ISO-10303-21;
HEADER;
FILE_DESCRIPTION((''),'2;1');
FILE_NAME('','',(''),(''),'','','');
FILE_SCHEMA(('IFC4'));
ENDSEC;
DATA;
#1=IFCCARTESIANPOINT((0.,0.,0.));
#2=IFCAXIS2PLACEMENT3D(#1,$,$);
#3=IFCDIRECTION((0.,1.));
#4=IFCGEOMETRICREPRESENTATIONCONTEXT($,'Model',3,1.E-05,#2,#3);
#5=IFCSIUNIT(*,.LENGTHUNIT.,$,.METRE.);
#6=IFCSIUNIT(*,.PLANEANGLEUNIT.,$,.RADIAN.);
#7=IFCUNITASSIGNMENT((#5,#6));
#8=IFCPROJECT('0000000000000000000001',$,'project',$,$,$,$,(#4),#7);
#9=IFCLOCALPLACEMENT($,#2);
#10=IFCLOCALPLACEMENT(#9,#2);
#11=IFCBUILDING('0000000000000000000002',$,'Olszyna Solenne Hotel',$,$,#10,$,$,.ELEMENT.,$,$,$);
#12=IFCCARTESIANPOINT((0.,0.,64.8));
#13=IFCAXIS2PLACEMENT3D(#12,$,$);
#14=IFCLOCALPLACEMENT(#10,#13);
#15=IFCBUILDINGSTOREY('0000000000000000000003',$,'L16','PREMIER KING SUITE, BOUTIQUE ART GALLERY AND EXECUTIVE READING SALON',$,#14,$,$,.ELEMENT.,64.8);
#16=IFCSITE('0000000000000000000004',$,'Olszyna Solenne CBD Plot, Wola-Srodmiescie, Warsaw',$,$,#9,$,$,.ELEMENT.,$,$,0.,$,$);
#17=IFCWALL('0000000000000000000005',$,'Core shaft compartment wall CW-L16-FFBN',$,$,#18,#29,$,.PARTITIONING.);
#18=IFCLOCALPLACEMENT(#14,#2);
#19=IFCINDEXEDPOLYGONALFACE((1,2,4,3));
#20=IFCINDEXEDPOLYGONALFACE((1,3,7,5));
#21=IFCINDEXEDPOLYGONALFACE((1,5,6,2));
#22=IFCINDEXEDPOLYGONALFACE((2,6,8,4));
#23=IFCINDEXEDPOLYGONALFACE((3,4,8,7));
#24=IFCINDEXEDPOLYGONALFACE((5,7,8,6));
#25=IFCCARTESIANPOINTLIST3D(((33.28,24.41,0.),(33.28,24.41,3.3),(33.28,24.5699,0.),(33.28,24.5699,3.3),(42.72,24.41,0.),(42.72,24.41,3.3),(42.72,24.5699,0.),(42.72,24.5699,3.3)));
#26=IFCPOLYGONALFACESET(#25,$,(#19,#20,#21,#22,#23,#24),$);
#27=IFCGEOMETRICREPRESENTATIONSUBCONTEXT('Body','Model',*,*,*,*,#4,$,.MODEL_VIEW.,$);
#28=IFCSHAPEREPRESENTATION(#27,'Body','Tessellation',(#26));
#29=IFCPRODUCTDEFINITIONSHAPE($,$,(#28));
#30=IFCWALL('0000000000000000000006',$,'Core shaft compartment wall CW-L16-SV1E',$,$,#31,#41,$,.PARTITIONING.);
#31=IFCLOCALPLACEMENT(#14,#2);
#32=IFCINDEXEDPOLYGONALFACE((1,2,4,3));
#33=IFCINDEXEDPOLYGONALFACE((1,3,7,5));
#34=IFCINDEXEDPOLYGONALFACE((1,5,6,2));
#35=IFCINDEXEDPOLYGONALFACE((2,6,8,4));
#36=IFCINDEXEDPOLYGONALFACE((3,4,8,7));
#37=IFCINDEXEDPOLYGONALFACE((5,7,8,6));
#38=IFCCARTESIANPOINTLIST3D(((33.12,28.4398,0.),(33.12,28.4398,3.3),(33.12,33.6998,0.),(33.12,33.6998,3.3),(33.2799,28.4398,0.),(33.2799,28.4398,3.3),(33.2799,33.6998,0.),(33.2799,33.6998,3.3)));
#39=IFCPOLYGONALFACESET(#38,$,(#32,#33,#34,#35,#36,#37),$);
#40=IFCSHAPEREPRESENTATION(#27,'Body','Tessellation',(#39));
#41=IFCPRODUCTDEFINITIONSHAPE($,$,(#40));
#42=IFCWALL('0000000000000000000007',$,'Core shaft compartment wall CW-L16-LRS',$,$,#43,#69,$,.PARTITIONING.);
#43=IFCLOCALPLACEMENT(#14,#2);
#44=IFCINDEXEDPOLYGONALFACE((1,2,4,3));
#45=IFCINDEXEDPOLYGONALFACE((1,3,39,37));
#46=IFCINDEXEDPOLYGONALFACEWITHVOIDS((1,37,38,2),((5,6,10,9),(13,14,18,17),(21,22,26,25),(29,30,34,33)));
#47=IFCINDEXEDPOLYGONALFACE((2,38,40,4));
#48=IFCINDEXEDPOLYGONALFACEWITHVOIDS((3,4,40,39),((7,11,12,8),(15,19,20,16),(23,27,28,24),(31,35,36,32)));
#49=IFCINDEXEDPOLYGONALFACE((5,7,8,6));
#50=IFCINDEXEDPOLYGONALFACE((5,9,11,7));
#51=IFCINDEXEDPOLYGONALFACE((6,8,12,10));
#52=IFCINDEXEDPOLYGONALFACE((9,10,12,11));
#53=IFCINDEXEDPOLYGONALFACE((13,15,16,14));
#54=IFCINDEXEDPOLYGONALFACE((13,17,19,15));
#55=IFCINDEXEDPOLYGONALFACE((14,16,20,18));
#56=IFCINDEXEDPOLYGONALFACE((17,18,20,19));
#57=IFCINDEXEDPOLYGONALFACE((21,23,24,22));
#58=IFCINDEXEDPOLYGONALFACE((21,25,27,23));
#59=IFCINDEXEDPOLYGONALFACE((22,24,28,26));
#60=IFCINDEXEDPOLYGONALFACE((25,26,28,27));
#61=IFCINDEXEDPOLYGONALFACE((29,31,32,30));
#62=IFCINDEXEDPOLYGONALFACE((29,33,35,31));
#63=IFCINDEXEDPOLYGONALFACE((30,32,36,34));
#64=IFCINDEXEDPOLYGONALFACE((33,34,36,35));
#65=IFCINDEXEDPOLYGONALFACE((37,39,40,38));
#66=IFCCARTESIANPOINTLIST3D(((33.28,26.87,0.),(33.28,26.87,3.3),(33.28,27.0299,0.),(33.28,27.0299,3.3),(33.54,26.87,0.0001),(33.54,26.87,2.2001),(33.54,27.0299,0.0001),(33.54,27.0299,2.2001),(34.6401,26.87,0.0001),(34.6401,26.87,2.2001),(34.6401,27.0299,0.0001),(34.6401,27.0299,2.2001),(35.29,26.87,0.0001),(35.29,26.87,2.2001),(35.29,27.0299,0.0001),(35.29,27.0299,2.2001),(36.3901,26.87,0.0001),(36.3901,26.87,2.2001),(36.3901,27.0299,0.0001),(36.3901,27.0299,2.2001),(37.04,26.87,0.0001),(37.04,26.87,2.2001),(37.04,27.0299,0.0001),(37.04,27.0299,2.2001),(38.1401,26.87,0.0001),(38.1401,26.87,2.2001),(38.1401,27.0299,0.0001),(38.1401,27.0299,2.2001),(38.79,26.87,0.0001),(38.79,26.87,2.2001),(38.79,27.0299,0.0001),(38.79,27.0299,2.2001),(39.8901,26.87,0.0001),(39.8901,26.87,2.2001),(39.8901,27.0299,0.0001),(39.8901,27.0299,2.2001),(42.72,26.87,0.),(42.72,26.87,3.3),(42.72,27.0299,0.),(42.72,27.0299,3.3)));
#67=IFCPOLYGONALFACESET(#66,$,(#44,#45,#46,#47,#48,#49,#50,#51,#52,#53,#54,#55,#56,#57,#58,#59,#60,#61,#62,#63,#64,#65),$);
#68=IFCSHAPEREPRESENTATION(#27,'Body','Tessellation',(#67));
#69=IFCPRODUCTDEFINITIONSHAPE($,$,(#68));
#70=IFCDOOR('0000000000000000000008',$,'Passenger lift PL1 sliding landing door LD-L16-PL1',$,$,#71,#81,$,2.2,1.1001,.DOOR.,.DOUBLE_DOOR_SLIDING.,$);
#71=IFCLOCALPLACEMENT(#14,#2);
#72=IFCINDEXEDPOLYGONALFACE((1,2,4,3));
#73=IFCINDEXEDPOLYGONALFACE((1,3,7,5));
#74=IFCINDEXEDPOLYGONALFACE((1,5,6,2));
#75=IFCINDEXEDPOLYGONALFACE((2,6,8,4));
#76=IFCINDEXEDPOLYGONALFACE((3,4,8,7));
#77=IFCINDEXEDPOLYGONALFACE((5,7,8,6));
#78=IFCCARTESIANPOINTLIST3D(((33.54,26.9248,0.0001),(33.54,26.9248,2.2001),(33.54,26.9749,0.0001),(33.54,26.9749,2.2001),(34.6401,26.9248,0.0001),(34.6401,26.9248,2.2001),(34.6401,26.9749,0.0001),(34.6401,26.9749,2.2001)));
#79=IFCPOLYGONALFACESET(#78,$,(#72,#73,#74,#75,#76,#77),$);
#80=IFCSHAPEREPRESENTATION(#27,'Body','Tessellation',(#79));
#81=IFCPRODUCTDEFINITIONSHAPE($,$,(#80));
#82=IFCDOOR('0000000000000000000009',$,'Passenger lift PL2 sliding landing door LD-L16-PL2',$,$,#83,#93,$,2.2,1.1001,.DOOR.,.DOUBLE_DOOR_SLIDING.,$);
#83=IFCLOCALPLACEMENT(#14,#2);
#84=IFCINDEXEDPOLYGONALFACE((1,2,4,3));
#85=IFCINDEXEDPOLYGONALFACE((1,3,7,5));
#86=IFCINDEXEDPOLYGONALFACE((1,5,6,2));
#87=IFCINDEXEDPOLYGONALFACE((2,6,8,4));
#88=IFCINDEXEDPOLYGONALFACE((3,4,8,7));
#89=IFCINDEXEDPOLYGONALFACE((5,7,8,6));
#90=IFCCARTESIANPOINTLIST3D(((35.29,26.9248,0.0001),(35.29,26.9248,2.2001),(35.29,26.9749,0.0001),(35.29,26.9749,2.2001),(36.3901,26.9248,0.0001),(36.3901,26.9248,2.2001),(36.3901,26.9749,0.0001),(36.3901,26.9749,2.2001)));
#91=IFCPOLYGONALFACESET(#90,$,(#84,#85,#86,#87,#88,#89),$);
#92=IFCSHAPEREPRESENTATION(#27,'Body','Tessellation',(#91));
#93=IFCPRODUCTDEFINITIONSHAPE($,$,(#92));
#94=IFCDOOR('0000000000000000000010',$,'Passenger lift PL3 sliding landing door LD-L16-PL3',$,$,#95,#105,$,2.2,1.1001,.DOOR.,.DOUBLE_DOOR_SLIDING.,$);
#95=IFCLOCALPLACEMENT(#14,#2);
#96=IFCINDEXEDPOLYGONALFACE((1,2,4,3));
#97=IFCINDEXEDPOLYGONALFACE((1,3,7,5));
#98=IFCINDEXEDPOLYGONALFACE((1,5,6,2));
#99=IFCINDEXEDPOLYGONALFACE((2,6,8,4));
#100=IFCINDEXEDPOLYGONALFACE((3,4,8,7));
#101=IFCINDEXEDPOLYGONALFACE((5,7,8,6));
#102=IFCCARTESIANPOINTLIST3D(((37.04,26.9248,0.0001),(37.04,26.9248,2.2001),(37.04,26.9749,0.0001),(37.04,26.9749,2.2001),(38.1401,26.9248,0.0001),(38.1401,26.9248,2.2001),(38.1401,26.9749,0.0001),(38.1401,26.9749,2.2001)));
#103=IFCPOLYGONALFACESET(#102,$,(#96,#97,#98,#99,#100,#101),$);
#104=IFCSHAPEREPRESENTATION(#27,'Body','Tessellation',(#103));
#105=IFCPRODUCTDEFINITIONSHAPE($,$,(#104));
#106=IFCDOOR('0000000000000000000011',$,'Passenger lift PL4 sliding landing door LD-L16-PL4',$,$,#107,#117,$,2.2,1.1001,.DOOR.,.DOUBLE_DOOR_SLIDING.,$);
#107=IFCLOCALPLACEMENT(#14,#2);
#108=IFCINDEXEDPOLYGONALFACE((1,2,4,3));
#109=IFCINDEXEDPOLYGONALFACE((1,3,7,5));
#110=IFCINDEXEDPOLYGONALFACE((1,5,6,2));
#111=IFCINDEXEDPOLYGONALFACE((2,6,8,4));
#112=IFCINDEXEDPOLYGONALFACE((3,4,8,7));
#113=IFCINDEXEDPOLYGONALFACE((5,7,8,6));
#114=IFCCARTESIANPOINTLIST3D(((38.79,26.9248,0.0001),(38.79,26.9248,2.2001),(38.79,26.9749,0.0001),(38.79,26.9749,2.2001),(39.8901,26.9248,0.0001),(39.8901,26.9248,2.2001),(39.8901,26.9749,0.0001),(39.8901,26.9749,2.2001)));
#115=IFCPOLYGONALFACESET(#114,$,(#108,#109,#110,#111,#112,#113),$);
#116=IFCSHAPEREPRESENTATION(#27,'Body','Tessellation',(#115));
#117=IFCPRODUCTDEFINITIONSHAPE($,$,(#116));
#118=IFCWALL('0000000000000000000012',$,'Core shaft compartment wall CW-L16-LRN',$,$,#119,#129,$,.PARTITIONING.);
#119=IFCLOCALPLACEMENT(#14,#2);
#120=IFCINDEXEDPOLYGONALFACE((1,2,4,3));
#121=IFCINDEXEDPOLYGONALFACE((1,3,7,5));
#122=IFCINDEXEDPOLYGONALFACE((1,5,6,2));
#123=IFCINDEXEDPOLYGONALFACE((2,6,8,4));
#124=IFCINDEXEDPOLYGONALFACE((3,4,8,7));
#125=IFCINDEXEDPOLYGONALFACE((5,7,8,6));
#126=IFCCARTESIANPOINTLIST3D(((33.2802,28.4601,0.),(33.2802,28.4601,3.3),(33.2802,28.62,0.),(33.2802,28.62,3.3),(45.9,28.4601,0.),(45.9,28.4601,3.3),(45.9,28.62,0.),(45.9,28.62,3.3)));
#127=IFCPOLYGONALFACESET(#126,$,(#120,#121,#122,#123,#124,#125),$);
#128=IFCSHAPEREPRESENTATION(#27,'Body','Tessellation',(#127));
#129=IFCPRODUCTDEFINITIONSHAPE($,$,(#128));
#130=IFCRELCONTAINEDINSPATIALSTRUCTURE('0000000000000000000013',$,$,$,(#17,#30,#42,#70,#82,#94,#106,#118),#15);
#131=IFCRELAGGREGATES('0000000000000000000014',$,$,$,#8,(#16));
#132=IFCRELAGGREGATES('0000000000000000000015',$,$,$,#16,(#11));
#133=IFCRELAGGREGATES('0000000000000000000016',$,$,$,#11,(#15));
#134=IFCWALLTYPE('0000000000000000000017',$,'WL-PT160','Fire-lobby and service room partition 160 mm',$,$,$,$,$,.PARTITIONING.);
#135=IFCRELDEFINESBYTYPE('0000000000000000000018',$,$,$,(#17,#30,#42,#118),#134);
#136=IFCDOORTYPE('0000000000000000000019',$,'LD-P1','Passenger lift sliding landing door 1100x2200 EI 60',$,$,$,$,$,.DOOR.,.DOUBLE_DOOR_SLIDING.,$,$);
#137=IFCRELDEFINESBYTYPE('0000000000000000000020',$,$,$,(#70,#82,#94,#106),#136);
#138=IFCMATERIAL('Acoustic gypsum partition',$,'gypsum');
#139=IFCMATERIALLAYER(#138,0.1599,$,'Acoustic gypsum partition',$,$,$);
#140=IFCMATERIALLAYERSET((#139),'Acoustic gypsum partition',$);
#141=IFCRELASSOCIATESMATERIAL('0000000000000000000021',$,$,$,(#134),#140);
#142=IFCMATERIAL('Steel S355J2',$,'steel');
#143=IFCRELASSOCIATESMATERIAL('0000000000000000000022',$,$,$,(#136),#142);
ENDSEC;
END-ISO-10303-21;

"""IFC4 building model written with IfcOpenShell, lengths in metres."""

from ifc_helpers import new_model, si_unit, direction, frame, frame_2d, origin, place, context, subcontext, project, spatial, rectangle, extrude, source, transform, mapped, material, layer, layer_set, type_object, type_shapes, element, fill, save


model = new_model("IFC4")

# Units and contexts
model_context = context("Model", 3, precision=1e-05, world=origin(), true_north=direction((0.0, 1.0)))
body_context = subcontext(model_context, "Body", "Model", "MODEL_VIEW")
ifc_project = project(units=[si_unit("LENGTHUNIT", "METRE"), si_unit("PLANEANGLEUNIT", "RADIAN")], contexts=[model_context])

# Site, building, storey
site_placement = place(None, origin())
site = spatial("IfcSite", under=ifc_project, at=site_placement, Name="Olszyna Solenne CBD Plot, Wola-Srodmiescie, Warsaw", CompositionType="ELEMENT", RefElevation=0.0)
building_placement = place(site_placement, origin())
building = spatial("IfcBuilding", under=site, at=building_placement, Name="Olszyna Solenne Hotel", CompositionType="ELEMENT")
storey_placement = place(building_placement, frame((0.0, 0.0, 64.8)))
storey = spatial("IfcBuildingStorey", under=building, at=storey_placement, Name="L16", Description="PREMIER KING SUITE, BOUTIQUE ART GALLERY AND EXECUTIVE READING SALON", CompositionType="ELEMENT", Elevation=64.8)

# Shared definitions
ifc_material_1 = material(Name="Steel S355J2", Category="steel")

# Shared definitions
ifc_material_2 = material(Name="Acoustic gypsum partition", Category="gypsum")

# Shared definitions
ifc_layer_1 = layer(ifc_material_2, 0.1599, Name="Acoustic gypsum partition")
ifc_layer_set_1 = layer_set([ifc_layer_1], Name="Acoustic gypsum partition")
wall_type_1 = type_object("IfcWallType", Name="WL-PT160", Description="Fire-lobby and service room partition 160 mm", PredefinedType="PARTITIONING", material=ifc_layer_set_1)

# Walls
wall_1_placement = place(storey_placement, frame((33.28, 24.49, 0.0), z_axis=(0.0, 0.0, 1.0), x_axis=(1.0, 0.0, 0.0)))
element("IfcWall", 1, at=wall_1_placement, inside=storey, type_object=wall_type_1, Name="Core shaft compartment wall CW-L16-FFBN", PredefinedType="PARTITIONING", context=body_context, shape_type="SweptSolid", body=[
    extrude(rectangle(XDim=9.4399, YDim=0.1599, at=frame_2d((4.72, 0.0))), origin(), (0.0, 0.0, 1.0), 3.3),
])
wall_2_placement = place(storey_placement, frame((33.2, 28.4399, 0.0), z_axis=(0.0, 0.0, 1.0), x_axis=(0.0, 1.0, 0.0)))
element("IfcWall", 2, at=wall_2_placement, inside=storey, type_object=wall_type_1, Name="Core shaft compartment wall CW-L16-SV1E", PredefinedType="PARTITIONING", context=body_context, shape_type="SweptSolid", body=[
    extrude(rectangle(XDim=5.26, YDim=0.1599, at=frame_2d((2.6299, 0.0))), origin(), (0.0, 0.0, 1.0), 3.3),
])

# Wall, openings, doors
wall_3_placement = place(storey_placement, frame((33.28, 26.95, 0.0), z_axis=(0.0, 0.0, 1.0), x_axis=(1.0, 0.0, 0.0)))
wall_3 = element("IfcWall", 3, at=wall_3_placement, inside=storey, type_object=wall_type_1, Name="Core shaft compartment wall CW-L16-LRS", PredefinedType="PARTITIONING", context=body_context, shape_type="SweptSolid", body=[
    extrude(rectangle(XDim=9.4399, YDim=0.1599, at=frame_2d((4.72, 0.0))), origin(), (0.0, 0.0, 1.0), 3.3),
])
opening_1_placement = place(wall_3_placement, frame((0.26, 0.0, 0.0)))
opening_1 = element("IfcOpeningElement", 4, at=opening_1_placement, cuts=wall_3, PredefinedType="OPENING", context=body_context, shape_type="SweptSolid", body=[
    extrude(rectangle(XDim=1.1001, YDim=2.2, at=frame_2d((0.55, 1.1001))), frame((0.0, 0.0898, 0.0), z_axis=(0.0, -1.0, 0.0), x_axis=(1.0, 0.0, 0.0)), (0.0, 0.0, 1.0), 0.1799),
])
opening_2_placement = place(wall_3_placement, frame((2.01, 0.0, 0.0)))
opening_2 = element("IfcOpeningElement", 5, at=opening_2_placement, cuts=wall_3, PredefinedType="OPENING", context=body_context, shape_type="SweptSolid", body=[
    extrude(rectangle(XDim=1.1001, YDim=2.2, at=frame_2d((0.55, 1.1001))), frame((0.0, 0.0898, 0.0), z_axis=(0.0, -1.0, 0.0), x_axis=(1.0, 0.0, 0.0)), (0.0, 0.0, 1.0), 0.1799),
])
opening_3_placement = place(wall_3_placement, frame((3.76, 0.0, 0.0)))
opening_3 = element("IfcOpeningElement", 6, at=opening_3_placement, cuts=wall_3, PredefinedType="OPENING", context=body_context, shape_type="SweptSolid", body=[
    extrude(rectangle(XDim=1.1001, YDim=2.2, at=frame_2d((0.55, 1.1001))), frame((0.0, 0.0898, 0.0), z_axis=(0.0, -1.0, 0.0), x_axis=(1.0, 0.0, 0.0)), (0.0, 0.0, 1.0), 0.1799),
])
opening_4_placement = place(wall_3_placement, frame((5.51, 0.0, 0.0)))
opening_4 = element("IfcOpeningElement", 7, at=opening_4_placement, cuts=wall_3, PredefinedType="OPENING", context=body_context, shape_type="SweptSolid", body=[
    extrude(rectangle(XDim=1.1001, YDim=2.2, at=frame_2d((0.55, 1.1001))), frame((0.0, 0.0898, 0.0), z_axis=(0.0, -1.0, 0.0), x_axis=(1.0, 0.0, 0.0)), (0.0, 0.0, 1.0), 0.1799),
])
door_type_1 = type_object("IfcDoorType", Name="LD-P1", Description="Passenger lift sliding landing door 1100x2200 EI 60", OperationType="DOUBLE_DOOR_SLIDING", PredefinedType="DOOR", material=ifc_material_1)
shared_shape_1 = source(origin(), body_context, "Body", "SweptSolid", [
    extrude(rectangle(XDim=1.1001, YDim=2.2, at=frame_2d((0.55, 1.1001))), frame((0.0, 0.0249, 0.0), z_axis=(0.0, -1.0, 0.0), x_axis=(1.0, 0.0, 0.0)), (0.0, 0.0, 1.0), 0.05),
])
type_shapes(door_type_1, [shared_shape_1])
door_1_placement = place(opening_1_placement, origin())
door_1 = element("IfcDoor", 8, at=door_1_placement, inside=storey, type_object=door_type_1, Name="Passenger lift PL1 sliding landing door LD-L16-PL1", OperationType="DOUBLE_DOOR_SLIDING", OverallHeight=2.2, OverallWidth=1.1001, PredefinedType="DOOR", context=body_context, shape_type="MappedRepresentation", body=[
    mapped(shared_shape_1, transform((0.0, 0.0, 0.0), x_axis=(1.0, 0.0, 0.0), y_axis=(0.0, 1.0, 0.0), z_axis=(0.0, 0.0, 1.0), scale=1.0)),
])
fill(opening_1, door_1)
door_2_placement = place(opening_2_placement, origin())
door_2 = element("IfcDoor", 9, at=door_2_placement, inside=storey, type_object=door_type_1, Name="Passenger lift PL2 sliding landing door LD-L16-PL2", OperationType="DOUBLE_DOOR_SLIDING", OverallHeight=2.2, OverallWidth=1.1001, PredefinedType="DOOR", context=body_context, shape_type="MappedRepresentation", body=[
    mapped(shared_shape_1, transform((0.0, 0.0, 0.0), x_axis=(1.0, 0.0, 0.0), y_axis=(0.0, 1.0, 0.0), z_axis=(0.0, 0.0, 1.0), scale=1.0)),
])
fill(opening_2, door_2)
door_3_placement = place(opening_3_placement, origin())
door_3 = element("IfcDoor", 10, at=door_3_placement, inside=storey, type_object=door_type_1, Name="Passenger lift PL3 sliding landing door LD-L16-PL3", OperationType="DOUBLE_DOOR_SLIDING", OverallHeight=2.2, OverallWidth=1.1001, PredefinedType="DOOR", context=body_context, shape_type="MappedRepresentation", body=[
    mapped(shared_shape_1, transform((0.0, 0.0, 0.0), x_axis=(1.0, 0.0, 0.0), y_axis=(0.0, 1.0, 0.0), z_axis=(0.0, 0.0, 1.0), scale=1.0)),
])
fill(opening_3, door_3)
door_4_placement = place(opening_4_placement, origin())
door_4 = element("IfcDoor", 11, at=door_4_placement, inside=storey, type_object=door_type_1, Name="Passenger lift PL4 sliding landing door LD-L16-PL4", OperationType="DOUBLE_DOOR_SLIDING", OverallHeight=2.2, OverallWidth=1.1001, PredefinedType="DOOR", context=body_context, shape_type="MappedRepresentation", body=[
    mapped(shared_shape_1, transform((0.0, 0.0, 0.0), x_axis=(1.0, 0.0, 0.0), y_axis=(0.0, 1.0, 0.0), z_axis=(0.0, 0.0, 1.0), scale=1.0)),
])
fill(opening_4, door_4)

# Wall
wall_4_placement = place(storey_placement, frame((33.28, 28.54, 0.0), z_axis=(0.0, 0.0, 1.0), x_axis=(1.0, 0.0, 0.0)))
element("IfcWall", 12, at=wall_4_placement, inside=storey, type_object=wall_type_1, Name="Core shaft compartment wall CW-L16-LRN", PredefinedType="PARTITIONING", context=body_context, shape_type="SweptSolid", body=[
    extrude(rectangle(XDim=12.6199, YDim=0.1599, at=frame_2d((6.3101, 0.0))), origin(), (0.0, 0.0, 1.0), 3.3),
])

save(model, "model.ifc")
